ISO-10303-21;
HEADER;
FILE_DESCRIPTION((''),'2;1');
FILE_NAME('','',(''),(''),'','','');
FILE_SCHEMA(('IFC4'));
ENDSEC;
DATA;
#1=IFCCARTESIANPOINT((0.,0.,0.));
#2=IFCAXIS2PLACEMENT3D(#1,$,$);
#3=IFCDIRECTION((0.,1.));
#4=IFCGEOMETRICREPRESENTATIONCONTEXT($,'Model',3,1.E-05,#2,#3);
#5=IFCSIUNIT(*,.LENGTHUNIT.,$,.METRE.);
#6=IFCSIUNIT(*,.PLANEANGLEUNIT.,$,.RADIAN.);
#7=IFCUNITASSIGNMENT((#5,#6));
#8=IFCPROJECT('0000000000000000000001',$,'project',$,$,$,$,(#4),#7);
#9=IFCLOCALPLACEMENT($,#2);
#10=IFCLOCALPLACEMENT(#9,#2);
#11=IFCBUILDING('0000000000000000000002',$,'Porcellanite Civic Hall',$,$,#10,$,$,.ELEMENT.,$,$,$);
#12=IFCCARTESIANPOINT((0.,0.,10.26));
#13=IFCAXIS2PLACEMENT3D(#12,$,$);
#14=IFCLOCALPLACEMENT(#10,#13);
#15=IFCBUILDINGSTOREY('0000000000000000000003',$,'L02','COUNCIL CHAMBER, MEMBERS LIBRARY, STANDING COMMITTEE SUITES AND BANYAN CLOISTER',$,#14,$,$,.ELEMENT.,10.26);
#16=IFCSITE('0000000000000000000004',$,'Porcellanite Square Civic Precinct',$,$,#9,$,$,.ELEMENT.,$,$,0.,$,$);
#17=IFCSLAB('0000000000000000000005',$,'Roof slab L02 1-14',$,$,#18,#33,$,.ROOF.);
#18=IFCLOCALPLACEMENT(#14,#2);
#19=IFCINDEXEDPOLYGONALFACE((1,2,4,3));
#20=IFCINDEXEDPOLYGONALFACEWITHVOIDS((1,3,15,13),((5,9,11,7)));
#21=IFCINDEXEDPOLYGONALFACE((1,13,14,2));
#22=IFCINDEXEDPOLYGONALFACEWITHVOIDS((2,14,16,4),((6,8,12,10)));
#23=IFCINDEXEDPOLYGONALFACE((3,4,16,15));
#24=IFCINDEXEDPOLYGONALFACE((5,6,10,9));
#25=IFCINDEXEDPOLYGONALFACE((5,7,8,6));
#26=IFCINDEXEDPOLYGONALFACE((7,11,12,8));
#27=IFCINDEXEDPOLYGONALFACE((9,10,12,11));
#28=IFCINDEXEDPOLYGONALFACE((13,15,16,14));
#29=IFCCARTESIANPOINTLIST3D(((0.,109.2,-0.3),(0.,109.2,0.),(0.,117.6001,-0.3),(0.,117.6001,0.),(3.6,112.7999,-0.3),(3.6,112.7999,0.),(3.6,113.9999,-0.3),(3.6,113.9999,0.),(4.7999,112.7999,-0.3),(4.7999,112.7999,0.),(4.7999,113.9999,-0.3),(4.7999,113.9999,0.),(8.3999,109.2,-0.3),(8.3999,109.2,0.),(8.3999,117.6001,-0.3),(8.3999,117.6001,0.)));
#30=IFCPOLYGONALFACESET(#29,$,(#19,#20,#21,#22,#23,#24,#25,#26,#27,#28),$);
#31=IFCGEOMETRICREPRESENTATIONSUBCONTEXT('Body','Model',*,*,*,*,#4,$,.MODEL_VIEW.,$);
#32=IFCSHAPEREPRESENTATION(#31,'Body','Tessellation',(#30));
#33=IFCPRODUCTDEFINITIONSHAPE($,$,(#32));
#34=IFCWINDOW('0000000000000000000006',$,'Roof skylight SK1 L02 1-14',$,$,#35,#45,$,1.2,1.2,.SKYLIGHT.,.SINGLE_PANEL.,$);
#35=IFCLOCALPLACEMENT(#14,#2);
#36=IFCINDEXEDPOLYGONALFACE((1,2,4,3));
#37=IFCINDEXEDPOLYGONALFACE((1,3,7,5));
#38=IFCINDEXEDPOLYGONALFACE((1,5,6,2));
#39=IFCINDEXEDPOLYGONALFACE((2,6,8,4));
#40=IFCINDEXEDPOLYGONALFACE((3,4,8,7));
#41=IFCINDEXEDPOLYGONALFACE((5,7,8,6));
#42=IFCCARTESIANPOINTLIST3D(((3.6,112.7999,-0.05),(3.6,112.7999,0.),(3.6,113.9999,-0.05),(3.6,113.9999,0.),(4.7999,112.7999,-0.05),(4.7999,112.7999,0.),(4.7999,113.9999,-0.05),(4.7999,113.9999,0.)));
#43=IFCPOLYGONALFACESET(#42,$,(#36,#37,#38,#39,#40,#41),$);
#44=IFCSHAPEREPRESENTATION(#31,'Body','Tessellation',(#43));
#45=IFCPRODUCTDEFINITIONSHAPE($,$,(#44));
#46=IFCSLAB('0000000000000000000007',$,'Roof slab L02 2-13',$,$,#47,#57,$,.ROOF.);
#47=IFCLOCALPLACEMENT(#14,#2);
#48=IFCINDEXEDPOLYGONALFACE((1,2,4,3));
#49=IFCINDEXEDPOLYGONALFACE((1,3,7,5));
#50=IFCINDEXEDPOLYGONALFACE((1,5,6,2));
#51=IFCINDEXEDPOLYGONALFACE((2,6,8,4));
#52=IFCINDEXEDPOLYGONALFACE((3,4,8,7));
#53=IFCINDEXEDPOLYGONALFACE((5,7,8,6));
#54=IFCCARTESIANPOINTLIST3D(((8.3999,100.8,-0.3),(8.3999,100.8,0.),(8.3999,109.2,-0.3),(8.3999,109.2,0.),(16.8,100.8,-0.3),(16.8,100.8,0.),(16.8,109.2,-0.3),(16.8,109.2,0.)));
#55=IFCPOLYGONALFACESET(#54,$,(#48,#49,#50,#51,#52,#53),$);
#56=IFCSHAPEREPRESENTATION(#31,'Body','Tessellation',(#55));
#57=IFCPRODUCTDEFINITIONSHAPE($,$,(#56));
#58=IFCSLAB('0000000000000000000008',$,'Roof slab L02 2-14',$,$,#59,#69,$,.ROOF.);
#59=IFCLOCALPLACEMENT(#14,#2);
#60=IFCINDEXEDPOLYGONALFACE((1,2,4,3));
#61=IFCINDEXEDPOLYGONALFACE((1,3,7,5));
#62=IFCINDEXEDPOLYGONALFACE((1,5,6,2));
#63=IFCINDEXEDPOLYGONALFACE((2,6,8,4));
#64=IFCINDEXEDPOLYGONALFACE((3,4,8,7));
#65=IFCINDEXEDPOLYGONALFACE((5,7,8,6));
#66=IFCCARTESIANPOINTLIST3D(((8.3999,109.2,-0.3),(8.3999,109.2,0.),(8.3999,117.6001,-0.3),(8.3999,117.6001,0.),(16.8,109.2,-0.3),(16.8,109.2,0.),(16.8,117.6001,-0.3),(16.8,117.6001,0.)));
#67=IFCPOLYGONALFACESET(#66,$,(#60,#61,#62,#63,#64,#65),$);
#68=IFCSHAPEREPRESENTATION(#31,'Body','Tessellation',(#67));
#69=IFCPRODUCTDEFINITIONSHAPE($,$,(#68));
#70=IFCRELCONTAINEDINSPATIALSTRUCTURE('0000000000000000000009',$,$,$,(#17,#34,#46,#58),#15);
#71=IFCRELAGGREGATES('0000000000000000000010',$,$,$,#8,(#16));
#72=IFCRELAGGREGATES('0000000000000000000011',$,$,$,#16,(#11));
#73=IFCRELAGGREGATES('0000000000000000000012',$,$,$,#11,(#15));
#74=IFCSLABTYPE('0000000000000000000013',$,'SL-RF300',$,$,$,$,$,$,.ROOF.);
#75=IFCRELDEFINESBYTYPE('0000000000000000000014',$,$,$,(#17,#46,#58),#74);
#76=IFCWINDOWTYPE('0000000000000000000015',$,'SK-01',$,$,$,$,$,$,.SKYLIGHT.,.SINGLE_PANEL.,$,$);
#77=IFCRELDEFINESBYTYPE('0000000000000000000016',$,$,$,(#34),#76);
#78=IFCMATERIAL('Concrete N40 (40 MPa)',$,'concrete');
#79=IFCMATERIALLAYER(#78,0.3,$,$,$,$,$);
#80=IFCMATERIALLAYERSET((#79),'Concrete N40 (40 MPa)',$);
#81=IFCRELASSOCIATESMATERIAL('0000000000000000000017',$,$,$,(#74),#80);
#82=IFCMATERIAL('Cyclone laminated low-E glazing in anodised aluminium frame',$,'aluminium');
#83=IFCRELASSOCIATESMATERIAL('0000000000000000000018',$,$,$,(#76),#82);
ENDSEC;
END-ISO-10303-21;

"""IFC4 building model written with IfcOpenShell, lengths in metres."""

from ifc_helpers import new_model, si_unit, direction, frame, origin, origin_2d, place, context, subcontext, project, spatial, polyline, rectangle, outline, extrude, material, layer, layer_set, type_object, element, fill, save


model = new_model("IFC4")

# Units and contexts
model_context = context("Model", 3, precision=1e-05, world=origin(), true_north=direction((0.0, 1.0)))
body_context = subcontext(model_context, "Body", "Model", "MODEL_VIEW")
ifc_project = project(units=[si_unit("LENGTHUNIT", "METRE"), si_unit("PLANEANGLEUNIT", "RADIAN")], contexts=[model_context])

# Site, building, storey
site_placement = place(None, origin())
site = spatial("IfcSite", under=ifc_project, at=site_placement, Name="Porcellanite Square Civic Precinct", CompositionType="ELEMENT", RefElevation=0.0)
building_placement = place(site_placement, origin())
building = spatial("IfcBuilding", under=site, at=building_placement, Name="Porcellanite Civic Hall", CompositionType="ELEMENT")
storey_placement = place(building_placement, frame((0.0, 0.0, 10.26)))
storey = spatial("IfcBuildingStorey", under=building, at=storey_placement, Name="L02", Description="COUNCIL CHAMBER, MEMBERS LIBRARY, STANDING COMMITTEE SUITES AND BANYAN CLOISTER", CompositionType="ELEMENT", Elevation=10.26)

# Shared definitions
ifc_material_1 = material(Name="Concrete N40 (40 MPa)", Category="concrete")
ifc_layer = layer(ifc_material_1, 0.3)
ifc_layer_set = layer_set([ifc_layer], Name="Concrete N40 (40 MPa)")
slab_type = type_object("IfcSlabType", Name="SL-RF300", PredefinedType="ROOF", material=ifc_layer_set)

# Slab, opening, window
slab_1_placement = place(storey_placement, frame((0.0, 0.0, -0.3)))
slab_1 = element("IfcSlab", 1, at=slab_1_placement, inside=storey, type_object=slab_type, Name="Roof slab L02 1-14", PredefinedType="ROOF", context=body_context, shape_type="SweptSolid", body=[
    extrude(outline(polyline([(0.0, 109.2), (8.3999, 109.2), (8.3999, 117.6001), (0.0, 117.6001), (0.0, 109.2)])), origin(), (0.0, 0.0, 1.0), 0.3),
])
opening_1_placement = place(slab_1_placement, frame((4.2, 113.3999, 0.0)))
opening_1 = element("IfcOpeningElement", 2, at=opening_1_placement, cuts=slab_1, PredefinedType="OPENING", context=body_context, shape_type="SweptSolid", body=[
    extrude(rectangle(XDim=1.2, YDim=1.2, at=origin_2d()), origin(), (0.0, 0.0, 1.0), 0.3),
])
ifc_material_2 = material(Name="Cyclone laminated low-E glazing in anodised aluminium frame", Category="aluminium")
window_type_1 = type_object("IfcWindowType", Name="SK-01", PartitioningType="SINGLE_PANEL", PredefinedType="SKYLIGHT", material=ifc_material_2)
window_1_placement = place(opening_1_placement, frame((0.0, 0.0, 0.25)))
window_1 = element("IfcWindow", 3, at=window_1_placement, inside=storey, type_object=window_type_1, Name="Roof skylight SK1 L02 1-14", OverallHeight=1.2, OverallWidth=1.2, PartitioningType="SINGLE_PANEL", PredefinedType="SKYLIGHT", context=body_context, shape_type="SweptSolid", body=[
    extrude(rectangle(XDim=1.2, YDim=1.2, at=origin_2d()), origin(), (0.0, 0.0, 1.0), 0.05),
])
fill(opening_1, window_1)

# Slabs
slab_2_placement = place(storey_placement, frame((0.0, 0.0, -0.3)))
element("IfcSlab", 4, at=slab_2_placement, inside=storey, type_object=slab_type, Name="Roof slab L02 2-13", PredefinedType="ROOF", context=body_context, shape_type="SweptSolid", body=[
    extrude(outline(polyline([(8.3999, 100.8), (16.8, 100.8), (16.8, 109.2), (8.3999, 109.2), (8.3999, 100.8)])), origin(), (0.0, 0.0, 1.0), 0.3),
])
slab_3_placement = place(storey_placement, frame((0.0, 0.0, -0.3)))
element("IfcSlab", 5, at=slab_3_placement, inside=storey, type_object=slab_type, Name="Roof slab L02 2-14", PredefinedType="ROOF", context=body_context, shape_type="SweptSolid", body=[
    extrude(outline(polyline([(8.3999, 109.2), (16.8, 109.2), (16.8, 117.6001), (8.3999, 117.6001), (8.3999, 109.2)])), origin(), (0.0, 0.0, 1.0), 0.3),
])

save(model, "model.ifc")
